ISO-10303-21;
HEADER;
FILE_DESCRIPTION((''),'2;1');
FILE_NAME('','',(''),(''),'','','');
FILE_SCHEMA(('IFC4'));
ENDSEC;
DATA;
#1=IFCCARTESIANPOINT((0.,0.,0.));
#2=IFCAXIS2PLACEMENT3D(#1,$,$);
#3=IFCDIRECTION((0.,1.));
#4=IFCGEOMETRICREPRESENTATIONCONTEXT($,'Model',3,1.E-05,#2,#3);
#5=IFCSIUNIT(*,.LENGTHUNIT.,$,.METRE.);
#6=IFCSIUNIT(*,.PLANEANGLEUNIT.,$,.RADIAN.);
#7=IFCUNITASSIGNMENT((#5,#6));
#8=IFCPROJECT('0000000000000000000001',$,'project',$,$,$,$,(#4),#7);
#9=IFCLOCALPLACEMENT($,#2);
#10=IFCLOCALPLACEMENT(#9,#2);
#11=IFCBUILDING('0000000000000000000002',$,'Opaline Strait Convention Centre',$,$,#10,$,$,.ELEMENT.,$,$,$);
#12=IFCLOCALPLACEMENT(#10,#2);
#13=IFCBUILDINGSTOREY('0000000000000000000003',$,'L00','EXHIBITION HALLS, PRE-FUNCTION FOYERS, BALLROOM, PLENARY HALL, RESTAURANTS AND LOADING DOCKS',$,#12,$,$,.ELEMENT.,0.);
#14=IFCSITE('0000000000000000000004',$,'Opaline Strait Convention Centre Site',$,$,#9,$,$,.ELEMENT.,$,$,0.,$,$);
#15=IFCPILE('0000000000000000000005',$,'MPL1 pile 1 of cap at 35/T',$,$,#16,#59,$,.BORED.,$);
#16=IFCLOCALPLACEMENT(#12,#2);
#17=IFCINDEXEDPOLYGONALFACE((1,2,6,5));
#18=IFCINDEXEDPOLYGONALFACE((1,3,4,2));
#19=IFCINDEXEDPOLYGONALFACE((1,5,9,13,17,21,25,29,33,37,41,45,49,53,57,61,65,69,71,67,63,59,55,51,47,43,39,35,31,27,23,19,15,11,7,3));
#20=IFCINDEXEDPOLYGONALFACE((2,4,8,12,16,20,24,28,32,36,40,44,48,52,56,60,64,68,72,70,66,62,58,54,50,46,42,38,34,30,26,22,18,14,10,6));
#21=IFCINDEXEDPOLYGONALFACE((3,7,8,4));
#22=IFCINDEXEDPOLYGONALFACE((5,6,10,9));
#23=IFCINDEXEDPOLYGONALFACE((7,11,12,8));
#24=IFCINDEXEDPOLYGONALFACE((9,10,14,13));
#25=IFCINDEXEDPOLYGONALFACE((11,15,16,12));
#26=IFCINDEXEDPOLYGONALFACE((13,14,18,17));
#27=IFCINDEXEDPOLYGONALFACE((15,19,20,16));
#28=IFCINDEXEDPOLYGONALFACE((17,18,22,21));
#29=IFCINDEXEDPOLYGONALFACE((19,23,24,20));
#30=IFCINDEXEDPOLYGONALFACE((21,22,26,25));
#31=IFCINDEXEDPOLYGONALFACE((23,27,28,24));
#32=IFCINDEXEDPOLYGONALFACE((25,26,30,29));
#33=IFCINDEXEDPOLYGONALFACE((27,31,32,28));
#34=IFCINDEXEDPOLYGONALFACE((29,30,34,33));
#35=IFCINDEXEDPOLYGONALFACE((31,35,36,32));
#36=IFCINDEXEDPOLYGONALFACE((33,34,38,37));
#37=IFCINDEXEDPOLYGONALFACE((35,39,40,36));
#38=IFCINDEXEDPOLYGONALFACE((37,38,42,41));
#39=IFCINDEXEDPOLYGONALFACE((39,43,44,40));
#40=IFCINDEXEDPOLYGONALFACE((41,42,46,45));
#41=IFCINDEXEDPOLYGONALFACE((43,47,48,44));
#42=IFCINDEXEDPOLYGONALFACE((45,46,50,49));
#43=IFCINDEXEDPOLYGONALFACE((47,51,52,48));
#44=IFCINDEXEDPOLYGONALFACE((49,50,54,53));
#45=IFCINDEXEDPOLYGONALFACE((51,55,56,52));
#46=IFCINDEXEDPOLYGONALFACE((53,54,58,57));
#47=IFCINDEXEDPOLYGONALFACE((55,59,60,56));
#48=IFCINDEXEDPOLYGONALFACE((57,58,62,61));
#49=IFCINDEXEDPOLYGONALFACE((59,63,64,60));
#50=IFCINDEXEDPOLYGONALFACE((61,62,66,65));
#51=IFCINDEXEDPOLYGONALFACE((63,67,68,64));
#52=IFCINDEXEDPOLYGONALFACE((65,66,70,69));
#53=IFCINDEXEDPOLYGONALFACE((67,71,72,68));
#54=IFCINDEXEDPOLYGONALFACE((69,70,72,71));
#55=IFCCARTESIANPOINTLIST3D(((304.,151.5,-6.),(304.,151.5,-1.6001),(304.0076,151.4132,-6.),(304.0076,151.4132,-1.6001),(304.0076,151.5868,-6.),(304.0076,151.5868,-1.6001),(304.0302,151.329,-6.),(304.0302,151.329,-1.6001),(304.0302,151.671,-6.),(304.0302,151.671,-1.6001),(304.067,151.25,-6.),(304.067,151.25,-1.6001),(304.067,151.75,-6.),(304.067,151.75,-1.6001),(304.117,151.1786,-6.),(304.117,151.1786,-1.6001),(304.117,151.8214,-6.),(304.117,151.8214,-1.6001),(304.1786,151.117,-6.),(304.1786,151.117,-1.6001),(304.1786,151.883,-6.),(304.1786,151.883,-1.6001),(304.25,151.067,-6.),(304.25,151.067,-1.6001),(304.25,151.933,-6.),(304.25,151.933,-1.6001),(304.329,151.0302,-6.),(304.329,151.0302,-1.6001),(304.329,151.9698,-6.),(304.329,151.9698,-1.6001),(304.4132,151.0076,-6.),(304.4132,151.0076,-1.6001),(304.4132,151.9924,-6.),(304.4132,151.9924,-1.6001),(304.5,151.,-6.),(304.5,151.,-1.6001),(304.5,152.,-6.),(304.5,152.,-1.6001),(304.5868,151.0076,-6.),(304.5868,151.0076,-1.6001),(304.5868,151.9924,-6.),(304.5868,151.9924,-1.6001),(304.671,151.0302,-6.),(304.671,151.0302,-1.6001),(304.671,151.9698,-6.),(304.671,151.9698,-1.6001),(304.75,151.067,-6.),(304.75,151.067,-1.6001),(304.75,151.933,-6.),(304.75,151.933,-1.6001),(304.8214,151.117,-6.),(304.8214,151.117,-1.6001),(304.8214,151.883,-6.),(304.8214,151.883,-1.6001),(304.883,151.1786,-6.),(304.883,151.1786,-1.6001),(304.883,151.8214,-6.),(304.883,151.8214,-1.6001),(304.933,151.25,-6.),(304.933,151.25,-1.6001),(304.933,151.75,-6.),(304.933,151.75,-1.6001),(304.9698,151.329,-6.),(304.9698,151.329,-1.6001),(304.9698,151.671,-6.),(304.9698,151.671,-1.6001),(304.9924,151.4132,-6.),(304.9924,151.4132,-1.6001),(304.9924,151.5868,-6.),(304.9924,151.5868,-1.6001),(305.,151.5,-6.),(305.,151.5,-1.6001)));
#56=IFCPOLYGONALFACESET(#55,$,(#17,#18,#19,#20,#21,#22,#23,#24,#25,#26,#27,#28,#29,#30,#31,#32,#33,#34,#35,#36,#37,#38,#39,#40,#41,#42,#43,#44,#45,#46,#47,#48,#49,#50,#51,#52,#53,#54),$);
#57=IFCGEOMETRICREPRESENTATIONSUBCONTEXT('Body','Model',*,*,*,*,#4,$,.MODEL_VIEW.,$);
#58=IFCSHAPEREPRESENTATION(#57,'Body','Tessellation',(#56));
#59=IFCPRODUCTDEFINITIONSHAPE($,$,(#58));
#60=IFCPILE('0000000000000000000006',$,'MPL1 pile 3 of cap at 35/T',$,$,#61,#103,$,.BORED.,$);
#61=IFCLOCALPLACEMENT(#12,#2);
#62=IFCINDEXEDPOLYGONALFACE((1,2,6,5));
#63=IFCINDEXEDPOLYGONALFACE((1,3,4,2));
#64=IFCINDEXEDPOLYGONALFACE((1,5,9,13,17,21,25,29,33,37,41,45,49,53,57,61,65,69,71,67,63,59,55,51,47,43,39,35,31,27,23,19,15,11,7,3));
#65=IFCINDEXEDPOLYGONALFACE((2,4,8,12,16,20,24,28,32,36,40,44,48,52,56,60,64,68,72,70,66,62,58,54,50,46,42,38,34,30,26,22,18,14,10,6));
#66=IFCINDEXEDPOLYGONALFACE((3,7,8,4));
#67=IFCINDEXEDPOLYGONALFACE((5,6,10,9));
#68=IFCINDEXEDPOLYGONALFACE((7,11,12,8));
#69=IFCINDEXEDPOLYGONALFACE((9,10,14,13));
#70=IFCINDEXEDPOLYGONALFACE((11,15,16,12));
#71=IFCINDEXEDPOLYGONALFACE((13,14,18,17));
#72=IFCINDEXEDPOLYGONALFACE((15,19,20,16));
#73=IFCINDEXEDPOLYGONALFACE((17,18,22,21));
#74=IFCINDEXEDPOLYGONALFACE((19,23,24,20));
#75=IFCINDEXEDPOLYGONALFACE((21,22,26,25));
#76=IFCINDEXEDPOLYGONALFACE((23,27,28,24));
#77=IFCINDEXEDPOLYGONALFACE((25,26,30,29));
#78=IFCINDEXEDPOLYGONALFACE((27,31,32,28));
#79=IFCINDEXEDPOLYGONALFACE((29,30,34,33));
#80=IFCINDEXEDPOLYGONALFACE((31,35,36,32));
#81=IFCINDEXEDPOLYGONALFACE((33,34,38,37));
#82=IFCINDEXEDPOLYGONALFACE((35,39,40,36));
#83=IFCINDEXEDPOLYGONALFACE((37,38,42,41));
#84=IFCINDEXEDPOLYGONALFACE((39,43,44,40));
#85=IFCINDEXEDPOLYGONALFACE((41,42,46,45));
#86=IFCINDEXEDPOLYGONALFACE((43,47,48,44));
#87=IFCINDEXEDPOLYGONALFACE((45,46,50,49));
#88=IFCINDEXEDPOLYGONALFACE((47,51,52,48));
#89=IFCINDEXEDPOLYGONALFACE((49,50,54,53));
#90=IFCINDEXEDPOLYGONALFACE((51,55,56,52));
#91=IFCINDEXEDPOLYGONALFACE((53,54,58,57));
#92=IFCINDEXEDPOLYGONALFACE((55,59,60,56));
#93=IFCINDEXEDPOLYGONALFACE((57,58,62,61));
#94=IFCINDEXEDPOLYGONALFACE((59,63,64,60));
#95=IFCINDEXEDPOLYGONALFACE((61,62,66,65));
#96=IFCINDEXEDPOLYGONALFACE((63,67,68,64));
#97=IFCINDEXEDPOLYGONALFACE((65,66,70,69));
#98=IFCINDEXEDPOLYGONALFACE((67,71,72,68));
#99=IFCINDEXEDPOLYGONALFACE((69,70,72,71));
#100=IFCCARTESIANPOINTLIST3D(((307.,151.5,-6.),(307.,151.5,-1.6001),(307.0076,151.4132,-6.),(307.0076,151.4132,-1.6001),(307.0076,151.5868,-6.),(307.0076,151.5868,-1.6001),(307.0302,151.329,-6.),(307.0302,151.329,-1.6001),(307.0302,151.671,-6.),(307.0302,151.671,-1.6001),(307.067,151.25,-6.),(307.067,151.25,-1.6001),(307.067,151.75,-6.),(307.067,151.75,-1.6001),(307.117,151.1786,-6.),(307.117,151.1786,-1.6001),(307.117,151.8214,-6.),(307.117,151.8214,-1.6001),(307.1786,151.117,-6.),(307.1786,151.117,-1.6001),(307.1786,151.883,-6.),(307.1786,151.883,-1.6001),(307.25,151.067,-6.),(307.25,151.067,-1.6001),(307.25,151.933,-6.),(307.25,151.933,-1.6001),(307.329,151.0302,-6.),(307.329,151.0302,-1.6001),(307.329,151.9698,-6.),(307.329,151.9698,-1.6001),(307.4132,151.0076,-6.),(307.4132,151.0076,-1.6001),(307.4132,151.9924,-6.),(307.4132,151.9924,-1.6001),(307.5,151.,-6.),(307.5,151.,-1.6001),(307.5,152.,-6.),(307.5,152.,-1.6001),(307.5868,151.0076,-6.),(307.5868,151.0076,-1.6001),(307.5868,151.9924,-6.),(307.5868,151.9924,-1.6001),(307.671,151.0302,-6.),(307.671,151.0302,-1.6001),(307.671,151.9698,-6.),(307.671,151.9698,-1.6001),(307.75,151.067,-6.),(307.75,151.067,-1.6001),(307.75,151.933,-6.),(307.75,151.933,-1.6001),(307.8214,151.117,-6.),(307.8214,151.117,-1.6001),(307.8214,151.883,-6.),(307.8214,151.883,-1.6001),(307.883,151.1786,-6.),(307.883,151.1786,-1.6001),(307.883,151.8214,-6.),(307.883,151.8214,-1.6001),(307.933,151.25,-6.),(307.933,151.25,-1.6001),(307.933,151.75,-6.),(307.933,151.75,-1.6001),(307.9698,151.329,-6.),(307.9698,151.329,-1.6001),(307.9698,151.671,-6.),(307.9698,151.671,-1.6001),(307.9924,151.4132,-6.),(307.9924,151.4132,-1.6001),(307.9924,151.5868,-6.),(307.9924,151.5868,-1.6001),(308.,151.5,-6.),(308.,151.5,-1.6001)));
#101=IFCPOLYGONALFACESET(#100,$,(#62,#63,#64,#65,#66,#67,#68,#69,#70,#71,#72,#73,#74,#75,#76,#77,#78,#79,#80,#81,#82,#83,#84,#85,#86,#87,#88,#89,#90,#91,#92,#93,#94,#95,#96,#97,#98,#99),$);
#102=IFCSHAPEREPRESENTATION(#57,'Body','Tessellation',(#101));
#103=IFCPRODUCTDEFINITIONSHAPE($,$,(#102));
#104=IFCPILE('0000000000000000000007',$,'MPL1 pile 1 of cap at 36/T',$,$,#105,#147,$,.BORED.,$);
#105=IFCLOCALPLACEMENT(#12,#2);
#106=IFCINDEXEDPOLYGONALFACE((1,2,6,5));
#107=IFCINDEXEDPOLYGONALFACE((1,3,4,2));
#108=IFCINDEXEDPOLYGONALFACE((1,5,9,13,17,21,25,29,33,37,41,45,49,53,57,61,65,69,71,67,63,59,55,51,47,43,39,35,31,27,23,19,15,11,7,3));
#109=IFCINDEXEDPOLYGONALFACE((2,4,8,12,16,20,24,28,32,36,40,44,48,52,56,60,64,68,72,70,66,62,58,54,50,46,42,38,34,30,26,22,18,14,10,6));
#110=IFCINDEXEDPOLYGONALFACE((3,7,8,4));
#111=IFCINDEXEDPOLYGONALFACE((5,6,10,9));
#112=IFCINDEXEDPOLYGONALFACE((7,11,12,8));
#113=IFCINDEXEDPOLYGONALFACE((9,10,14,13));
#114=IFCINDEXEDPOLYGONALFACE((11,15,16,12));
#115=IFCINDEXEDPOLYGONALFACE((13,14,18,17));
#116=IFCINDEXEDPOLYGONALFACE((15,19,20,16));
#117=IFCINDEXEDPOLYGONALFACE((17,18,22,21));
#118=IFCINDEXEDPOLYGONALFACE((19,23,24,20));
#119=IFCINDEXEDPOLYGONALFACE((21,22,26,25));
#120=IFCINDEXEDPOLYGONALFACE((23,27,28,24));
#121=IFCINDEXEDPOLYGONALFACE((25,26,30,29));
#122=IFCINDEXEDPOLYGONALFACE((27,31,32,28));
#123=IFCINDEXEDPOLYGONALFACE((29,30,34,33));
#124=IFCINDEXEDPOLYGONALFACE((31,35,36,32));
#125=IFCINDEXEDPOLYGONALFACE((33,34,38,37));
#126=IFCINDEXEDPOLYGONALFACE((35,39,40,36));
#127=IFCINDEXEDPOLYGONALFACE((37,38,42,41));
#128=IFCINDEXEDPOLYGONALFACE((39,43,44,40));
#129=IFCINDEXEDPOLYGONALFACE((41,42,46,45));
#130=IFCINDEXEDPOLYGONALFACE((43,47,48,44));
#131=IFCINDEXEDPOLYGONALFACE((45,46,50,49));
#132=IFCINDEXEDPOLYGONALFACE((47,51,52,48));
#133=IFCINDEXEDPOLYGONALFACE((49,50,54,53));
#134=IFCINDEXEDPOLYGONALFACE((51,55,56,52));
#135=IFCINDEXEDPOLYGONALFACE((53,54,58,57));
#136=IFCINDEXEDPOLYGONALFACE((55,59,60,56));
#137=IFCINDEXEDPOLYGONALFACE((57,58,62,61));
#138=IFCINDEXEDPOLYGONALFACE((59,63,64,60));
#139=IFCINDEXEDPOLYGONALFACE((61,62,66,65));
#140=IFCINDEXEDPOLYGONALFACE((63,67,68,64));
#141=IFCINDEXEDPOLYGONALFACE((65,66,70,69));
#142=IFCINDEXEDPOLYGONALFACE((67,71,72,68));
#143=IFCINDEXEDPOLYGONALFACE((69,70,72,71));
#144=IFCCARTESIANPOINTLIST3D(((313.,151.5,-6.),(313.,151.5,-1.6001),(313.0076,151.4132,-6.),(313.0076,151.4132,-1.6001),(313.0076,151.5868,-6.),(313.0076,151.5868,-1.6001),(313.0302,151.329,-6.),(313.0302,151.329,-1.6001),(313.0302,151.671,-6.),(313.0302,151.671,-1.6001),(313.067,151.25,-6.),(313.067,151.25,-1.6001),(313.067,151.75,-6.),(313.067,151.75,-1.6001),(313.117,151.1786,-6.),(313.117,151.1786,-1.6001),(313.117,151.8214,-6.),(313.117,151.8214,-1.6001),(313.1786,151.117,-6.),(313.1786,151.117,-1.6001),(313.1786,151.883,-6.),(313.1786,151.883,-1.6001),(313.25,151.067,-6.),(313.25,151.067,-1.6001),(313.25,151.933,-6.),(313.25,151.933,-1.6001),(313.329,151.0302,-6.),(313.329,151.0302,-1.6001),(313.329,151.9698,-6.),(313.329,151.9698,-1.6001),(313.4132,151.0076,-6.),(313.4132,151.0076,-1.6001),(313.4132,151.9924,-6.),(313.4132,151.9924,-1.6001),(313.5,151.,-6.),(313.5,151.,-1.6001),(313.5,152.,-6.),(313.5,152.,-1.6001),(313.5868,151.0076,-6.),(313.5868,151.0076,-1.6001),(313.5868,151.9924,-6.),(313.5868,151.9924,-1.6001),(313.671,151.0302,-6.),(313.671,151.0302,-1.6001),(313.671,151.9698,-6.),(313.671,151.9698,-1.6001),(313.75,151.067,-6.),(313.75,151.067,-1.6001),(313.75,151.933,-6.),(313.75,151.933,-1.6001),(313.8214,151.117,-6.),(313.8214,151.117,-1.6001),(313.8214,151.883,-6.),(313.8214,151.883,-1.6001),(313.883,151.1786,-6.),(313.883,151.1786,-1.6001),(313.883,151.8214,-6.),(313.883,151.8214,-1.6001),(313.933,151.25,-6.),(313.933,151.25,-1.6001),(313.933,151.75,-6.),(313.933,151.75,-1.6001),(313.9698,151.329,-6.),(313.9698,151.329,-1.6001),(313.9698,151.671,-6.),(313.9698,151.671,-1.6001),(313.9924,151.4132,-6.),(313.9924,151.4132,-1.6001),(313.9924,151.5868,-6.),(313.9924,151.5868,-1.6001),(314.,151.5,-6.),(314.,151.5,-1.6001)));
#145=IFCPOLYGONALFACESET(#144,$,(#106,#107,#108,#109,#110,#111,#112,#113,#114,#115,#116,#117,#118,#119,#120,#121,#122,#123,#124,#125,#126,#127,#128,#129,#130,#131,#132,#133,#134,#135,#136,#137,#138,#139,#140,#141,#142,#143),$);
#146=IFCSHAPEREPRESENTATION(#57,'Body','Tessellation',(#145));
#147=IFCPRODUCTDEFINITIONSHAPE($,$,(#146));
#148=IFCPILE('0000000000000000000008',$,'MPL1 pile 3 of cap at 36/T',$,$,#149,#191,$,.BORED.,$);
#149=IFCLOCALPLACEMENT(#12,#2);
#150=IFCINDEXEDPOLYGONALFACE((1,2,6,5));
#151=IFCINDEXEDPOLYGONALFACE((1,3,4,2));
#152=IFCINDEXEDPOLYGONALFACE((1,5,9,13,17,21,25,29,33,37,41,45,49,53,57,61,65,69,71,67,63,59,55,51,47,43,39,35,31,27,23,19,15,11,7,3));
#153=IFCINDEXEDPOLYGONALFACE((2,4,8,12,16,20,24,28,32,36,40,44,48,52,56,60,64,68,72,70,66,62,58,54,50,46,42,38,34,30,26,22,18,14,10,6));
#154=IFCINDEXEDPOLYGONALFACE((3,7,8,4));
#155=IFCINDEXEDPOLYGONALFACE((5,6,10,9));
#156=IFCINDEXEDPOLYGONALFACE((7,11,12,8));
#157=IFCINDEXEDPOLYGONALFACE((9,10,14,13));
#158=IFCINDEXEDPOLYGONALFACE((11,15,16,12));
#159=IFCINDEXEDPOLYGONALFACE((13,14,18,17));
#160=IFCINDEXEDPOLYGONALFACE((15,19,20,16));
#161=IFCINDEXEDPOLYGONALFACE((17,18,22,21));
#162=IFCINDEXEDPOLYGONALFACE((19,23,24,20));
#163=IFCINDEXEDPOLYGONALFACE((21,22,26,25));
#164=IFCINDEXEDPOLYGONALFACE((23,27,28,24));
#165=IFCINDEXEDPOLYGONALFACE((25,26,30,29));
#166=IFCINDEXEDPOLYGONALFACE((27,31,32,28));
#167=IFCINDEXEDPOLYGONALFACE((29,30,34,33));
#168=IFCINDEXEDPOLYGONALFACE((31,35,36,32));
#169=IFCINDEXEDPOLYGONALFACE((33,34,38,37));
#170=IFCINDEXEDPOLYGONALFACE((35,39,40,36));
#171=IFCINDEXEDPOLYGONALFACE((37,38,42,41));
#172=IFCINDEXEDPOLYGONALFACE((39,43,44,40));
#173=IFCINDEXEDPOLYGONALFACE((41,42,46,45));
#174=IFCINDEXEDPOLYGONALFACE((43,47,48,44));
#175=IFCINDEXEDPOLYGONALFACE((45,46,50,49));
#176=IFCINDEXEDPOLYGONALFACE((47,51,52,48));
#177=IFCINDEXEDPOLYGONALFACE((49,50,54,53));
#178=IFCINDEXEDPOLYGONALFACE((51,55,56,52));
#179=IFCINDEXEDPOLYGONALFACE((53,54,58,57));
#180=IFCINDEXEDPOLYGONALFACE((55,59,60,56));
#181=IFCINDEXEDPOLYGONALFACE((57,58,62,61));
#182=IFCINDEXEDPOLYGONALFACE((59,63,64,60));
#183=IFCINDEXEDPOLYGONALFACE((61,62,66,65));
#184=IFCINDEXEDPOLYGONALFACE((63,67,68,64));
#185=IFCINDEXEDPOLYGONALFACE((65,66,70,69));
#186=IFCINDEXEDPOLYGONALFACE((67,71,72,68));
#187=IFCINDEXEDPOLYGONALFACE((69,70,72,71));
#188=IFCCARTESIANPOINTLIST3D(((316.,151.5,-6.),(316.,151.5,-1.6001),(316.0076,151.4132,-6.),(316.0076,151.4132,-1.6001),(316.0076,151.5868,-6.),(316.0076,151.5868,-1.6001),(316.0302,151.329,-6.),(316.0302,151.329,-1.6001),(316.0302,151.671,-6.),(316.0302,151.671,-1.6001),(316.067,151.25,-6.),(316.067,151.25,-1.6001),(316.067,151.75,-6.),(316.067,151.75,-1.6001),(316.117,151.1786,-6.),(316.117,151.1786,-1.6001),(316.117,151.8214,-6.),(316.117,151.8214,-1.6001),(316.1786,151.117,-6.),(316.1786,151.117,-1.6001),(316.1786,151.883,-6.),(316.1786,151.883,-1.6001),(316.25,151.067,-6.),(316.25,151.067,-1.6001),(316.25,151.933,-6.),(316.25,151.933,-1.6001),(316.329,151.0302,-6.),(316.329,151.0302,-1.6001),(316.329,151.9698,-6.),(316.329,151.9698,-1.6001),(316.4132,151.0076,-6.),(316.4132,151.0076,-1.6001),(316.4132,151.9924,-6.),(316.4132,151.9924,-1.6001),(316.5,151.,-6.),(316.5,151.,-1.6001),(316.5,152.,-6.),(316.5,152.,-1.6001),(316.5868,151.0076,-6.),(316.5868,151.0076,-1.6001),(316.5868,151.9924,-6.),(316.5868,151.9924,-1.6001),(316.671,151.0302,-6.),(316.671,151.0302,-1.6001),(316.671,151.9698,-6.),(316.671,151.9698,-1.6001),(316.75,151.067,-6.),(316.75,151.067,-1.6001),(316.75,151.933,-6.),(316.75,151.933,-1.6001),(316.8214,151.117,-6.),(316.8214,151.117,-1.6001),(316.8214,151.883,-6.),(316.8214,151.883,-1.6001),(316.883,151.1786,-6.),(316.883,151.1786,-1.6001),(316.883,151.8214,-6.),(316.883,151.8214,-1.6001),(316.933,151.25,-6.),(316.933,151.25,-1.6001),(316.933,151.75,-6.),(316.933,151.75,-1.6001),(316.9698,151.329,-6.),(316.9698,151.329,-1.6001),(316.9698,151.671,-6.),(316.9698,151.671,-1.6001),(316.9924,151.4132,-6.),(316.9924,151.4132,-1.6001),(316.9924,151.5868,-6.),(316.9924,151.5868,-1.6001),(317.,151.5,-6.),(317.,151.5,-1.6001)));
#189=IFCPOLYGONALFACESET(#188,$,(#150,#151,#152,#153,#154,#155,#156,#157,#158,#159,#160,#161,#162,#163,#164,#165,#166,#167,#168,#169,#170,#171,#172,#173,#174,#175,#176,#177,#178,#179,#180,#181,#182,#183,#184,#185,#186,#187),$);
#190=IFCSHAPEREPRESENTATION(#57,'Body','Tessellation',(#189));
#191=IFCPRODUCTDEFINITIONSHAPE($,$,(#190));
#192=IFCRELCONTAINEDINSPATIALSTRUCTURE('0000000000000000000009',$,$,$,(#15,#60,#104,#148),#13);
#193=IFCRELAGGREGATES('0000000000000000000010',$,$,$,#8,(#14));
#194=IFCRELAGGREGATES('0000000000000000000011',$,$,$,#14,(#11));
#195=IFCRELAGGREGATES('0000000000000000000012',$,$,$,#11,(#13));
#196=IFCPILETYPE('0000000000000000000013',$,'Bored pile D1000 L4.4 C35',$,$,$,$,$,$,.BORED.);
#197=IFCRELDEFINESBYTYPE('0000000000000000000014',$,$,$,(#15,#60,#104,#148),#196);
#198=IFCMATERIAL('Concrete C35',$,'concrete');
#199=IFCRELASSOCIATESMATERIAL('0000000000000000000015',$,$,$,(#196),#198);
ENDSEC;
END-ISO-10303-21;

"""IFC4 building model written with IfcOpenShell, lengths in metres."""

from ifc_helpers import new_model, si_unit, direction, frame, origin, origin_2d, place, context, subcontext, project, spatial, circle, extrude, material, material_profile, profile_set, type_object, element, save


model = new_model("IFC4")

# Units and contexts
model_context = context("Model", 3, precision=1e-05, world=origin(), true_north=direction((0.0, 1.0)))
body_context = subcontext(model_context, "Body", "Model", "MODEL_VIEW")
ifc_project = project(units=[si_unit("LENGTHUNIT", "METRE"), si_unit("PLANEANGLEUNIT", "RADIAN")], contexts=[model_context])

# Site, building, storey
site_placement = place(None, origin())
site = spatial("IfcSite", under=ifc_project, at=site_placement, Name="Opaline Strait Convention Centre Site", CompositionType="ELEMENT", RefElevation=0.0)
building_placement = place(site_placement, origin())
building = spatial("IfcBuilding", under=site, at=building_placement, Name="Opaline Strait Convention Centre", CompositionType="ELEMENT")
storey_placement = place(building_placement, origin())
storey = spatial("IfcBuildingStorey", under=building, at=storey_placement, Name="L00", Description="EXHIBITION HALLS, PRE-FUNCTION FOYERS, BALLROOM, PLENARY HALL, RESTAURANTS AND LOADING DOCKS", CompositionType="ELEMENT", Elevation=0.0)

# Piles
ifc_material_1 = material(Name="Concrete C35", Category="concrete")
ifc_material_profile_1 = material_profile(ifc_material_1, circle(Radius=0.5, at=origin_2d()), Name="D1000")
ifc_profile_set_1 = profile_set([ifc_material_profile_1], Name="Concrete C35")
pile_type = type_object("IfcPileType", Name="Bored pile D1000 L4.4 C35", PredefinedType="BORED", material=ifc_profile_set_1)
for number, where, z_axis, x_axis, name in (
    (1, (304.5, 151.5, -1.6001), (0.0, 0.0, -1.0), (1.0, 0.0, 0.0), "MPL1 pile 1 of cap at 35/T"),
    (2, (307.5, 151.5, -1.6001), (0.0, 0.0, -1.0), (1.0, 0.0, 0.0), "MPL1 pile 3 of cap at 35/T"),
    (3, (313.5, 151.5, -1.6001), (0.0, 0.0, -1.0), (1.0, 0.0, 0.0), "MPL1 pile 1 of cap at 36/T"),
    (4, (316.5, 151.5, -1.6001), (0.0, 0.0, -1.0), (1.0, 0.0, 0.0), "MPL1 pile 3 of cap at 36/T"),
):
    element("IfcPile", number, at=place(storey_placement, frame(where, z_axis=z_axis, x_axis=x_axis)), inside=storey, type_object=pile_type, Name=name, PredefinedType="BORED", context=body_context, shape_type="SweptSolid", body=[
        extrude(circle(Radius=0.5, at=origin_2d()), origin(), (0.0, 0.0, 1.0), 4.3999),
    ])

save(model, "model.ifc")
